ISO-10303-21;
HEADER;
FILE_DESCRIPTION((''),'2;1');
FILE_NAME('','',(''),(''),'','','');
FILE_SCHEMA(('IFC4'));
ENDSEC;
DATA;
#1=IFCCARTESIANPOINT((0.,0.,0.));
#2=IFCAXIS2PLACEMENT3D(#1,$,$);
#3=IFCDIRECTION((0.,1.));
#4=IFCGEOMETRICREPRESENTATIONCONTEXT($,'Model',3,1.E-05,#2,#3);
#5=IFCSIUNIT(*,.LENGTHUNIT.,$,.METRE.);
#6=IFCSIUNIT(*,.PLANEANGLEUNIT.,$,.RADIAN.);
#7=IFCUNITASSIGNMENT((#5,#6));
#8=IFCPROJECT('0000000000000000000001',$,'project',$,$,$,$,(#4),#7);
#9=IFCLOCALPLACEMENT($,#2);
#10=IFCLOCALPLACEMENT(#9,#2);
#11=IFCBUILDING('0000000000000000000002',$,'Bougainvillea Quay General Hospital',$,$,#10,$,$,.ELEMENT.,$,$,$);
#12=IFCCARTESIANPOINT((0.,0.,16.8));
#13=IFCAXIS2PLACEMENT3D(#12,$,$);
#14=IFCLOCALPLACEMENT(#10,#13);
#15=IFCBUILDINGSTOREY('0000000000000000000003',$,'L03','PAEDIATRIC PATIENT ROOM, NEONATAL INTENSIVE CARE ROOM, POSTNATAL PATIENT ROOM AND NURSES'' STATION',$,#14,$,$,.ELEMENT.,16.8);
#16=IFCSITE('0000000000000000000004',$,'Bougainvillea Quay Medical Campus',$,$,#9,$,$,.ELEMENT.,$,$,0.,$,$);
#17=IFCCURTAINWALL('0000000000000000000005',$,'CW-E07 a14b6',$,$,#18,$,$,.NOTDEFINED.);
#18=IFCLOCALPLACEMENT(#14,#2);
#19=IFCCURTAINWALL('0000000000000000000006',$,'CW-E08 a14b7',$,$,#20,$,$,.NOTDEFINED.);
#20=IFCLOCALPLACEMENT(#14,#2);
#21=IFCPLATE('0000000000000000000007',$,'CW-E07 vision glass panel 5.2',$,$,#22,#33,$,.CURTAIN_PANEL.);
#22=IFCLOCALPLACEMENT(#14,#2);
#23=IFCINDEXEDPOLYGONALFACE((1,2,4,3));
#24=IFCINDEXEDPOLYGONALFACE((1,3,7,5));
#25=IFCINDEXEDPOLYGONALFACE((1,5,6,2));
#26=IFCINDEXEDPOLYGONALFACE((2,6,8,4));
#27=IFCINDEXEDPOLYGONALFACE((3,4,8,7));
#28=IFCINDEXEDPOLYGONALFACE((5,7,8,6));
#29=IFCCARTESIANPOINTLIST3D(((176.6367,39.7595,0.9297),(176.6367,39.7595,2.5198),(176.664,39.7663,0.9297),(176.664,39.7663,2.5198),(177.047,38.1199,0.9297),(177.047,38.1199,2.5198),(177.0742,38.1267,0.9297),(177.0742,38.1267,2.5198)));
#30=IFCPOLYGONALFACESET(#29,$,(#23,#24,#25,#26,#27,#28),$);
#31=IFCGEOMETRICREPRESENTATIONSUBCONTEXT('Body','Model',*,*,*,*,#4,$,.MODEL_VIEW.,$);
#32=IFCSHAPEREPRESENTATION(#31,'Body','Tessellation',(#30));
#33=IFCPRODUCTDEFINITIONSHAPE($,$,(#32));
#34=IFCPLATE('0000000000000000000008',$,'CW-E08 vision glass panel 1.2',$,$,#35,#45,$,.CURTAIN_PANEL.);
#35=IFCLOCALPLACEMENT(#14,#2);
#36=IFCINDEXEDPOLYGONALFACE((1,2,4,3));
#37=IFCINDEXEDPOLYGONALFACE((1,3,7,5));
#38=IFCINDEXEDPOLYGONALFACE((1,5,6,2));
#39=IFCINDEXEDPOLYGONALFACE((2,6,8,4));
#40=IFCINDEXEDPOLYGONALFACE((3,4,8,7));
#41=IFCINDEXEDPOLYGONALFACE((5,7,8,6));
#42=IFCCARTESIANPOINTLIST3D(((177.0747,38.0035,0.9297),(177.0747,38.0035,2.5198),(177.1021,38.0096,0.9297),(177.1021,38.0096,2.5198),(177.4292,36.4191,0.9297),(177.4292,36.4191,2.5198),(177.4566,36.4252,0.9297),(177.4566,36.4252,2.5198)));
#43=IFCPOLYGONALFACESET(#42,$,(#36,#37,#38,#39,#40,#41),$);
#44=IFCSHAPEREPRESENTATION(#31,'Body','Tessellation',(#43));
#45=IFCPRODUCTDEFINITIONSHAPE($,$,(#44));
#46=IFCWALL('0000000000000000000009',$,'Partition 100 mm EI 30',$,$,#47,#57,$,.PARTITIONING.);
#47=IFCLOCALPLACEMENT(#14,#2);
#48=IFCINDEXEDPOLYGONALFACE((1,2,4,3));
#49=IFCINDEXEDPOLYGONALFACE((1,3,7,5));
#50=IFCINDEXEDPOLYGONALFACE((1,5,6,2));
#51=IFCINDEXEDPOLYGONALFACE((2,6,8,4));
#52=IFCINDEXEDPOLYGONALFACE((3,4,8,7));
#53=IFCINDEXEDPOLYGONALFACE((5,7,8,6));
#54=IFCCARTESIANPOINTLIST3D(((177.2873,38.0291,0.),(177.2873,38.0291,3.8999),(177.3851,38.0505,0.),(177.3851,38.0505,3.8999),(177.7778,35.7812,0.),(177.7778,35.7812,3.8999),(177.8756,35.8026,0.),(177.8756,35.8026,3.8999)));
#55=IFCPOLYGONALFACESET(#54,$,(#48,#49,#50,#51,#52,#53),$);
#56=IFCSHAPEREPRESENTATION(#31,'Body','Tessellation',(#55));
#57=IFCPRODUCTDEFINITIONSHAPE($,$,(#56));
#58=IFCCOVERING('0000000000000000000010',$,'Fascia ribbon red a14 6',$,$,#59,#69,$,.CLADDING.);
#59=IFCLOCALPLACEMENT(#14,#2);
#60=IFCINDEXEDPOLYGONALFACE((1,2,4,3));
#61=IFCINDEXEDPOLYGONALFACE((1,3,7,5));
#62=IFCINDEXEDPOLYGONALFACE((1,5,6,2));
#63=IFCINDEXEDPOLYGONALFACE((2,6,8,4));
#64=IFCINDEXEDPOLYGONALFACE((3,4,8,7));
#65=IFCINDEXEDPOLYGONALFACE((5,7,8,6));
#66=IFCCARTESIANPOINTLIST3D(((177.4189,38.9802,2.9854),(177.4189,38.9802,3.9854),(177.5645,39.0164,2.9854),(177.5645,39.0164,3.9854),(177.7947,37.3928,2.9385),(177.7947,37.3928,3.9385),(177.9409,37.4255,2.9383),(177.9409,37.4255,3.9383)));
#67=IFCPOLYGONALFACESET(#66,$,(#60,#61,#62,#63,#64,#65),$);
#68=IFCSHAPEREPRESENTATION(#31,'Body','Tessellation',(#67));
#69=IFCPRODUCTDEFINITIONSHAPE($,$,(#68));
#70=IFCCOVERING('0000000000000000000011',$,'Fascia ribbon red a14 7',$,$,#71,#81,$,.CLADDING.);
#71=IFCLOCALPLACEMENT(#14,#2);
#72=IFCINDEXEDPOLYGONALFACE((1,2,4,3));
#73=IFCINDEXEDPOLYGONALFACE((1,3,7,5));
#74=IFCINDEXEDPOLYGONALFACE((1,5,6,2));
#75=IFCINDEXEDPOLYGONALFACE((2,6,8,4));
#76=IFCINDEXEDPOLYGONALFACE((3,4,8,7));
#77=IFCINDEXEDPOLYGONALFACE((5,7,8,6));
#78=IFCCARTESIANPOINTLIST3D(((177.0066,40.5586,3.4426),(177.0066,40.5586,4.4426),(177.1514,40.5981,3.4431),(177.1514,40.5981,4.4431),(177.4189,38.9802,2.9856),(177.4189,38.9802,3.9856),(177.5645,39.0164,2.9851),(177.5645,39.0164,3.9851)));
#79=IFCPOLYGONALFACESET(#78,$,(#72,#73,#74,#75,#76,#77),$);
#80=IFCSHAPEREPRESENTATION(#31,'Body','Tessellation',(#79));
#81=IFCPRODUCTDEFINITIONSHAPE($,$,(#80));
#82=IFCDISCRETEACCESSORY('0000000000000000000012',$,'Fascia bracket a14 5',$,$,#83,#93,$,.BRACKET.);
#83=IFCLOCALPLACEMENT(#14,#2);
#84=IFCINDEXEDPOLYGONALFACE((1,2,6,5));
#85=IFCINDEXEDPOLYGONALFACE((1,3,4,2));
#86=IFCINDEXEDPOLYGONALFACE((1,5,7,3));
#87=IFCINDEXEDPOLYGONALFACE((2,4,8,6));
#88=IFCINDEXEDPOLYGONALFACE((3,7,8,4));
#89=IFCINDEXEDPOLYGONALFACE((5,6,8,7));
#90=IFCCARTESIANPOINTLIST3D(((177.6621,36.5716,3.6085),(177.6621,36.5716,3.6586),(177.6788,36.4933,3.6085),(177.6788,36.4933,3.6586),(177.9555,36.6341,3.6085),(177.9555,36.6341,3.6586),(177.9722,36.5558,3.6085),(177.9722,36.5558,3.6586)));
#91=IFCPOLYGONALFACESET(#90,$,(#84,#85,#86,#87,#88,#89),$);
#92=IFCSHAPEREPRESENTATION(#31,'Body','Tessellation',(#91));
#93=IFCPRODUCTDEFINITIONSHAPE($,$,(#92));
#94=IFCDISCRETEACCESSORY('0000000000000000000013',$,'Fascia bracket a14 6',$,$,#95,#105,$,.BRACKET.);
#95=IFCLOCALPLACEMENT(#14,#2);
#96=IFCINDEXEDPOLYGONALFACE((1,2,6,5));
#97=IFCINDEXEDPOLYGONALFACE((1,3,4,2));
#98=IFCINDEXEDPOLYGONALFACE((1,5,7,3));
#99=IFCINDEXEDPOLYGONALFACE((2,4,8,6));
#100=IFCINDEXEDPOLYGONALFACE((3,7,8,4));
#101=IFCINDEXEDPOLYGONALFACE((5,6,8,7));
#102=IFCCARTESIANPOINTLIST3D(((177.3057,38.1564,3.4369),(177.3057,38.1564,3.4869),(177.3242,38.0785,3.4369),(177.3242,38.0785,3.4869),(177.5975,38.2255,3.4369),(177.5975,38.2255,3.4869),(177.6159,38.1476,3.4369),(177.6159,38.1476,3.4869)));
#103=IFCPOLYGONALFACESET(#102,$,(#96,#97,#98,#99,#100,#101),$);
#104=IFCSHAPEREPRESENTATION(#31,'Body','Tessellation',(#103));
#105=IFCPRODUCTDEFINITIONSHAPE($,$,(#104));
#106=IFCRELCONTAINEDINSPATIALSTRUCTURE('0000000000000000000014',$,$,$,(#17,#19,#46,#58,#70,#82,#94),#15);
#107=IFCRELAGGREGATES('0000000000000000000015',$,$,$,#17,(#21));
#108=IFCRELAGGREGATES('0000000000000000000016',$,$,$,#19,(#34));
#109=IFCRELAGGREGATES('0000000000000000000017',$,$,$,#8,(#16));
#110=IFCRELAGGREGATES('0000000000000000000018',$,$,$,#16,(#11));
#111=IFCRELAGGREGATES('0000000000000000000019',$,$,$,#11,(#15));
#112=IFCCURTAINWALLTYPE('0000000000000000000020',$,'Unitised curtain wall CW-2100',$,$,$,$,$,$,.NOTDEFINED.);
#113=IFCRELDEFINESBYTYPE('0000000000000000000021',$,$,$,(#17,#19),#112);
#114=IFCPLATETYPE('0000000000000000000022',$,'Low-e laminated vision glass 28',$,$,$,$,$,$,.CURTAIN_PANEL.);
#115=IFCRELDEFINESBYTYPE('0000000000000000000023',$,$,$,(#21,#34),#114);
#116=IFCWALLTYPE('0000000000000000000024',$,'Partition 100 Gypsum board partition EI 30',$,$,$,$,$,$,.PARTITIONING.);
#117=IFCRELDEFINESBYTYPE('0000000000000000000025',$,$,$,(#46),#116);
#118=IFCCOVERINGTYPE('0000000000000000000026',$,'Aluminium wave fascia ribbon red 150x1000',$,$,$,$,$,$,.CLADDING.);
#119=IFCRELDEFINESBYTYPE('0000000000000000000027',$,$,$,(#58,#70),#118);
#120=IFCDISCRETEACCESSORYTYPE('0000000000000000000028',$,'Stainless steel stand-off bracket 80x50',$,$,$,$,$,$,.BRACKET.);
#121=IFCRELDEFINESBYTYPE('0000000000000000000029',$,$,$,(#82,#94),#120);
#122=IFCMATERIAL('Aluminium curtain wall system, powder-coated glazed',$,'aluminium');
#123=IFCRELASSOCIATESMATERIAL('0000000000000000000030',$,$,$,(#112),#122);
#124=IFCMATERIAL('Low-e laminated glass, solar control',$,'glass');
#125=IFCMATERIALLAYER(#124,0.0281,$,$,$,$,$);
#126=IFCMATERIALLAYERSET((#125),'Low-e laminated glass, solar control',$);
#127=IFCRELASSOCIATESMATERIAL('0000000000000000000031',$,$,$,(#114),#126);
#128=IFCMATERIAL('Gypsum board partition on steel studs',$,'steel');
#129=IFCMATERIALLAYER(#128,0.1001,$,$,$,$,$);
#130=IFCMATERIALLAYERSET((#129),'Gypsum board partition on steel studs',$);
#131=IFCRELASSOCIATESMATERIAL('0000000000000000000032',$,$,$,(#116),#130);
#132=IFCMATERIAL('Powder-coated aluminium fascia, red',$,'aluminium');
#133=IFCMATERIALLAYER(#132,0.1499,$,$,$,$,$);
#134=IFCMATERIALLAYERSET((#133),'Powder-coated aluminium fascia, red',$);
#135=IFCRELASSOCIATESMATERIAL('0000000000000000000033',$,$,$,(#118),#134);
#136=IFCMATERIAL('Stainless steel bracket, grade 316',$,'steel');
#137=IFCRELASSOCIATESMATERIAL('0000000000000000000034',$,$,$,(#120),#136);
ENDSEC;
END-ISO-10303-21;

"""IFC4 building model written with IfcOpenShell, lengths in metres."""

from ifc_helpers import new_model, si_unit, direction, frame, frame_2d, origin, origin_2d, place, context, subcontext, project, spatial, polyline, rectangle, outline, extrude, material, layer, layer_set, material_profile, profile_set, type_object, element, aggregate, save


model = new_model("IFC4")

# Units and contexts
model_context = context("Model", 3, precision=1e-05, world=origin(), true_north=direction((0.0, 1.0)))
body_context = subcontext(model_context, "Body", "Model", "MODEL_VIEW")
ifc_project = project(units=[si_unit("LENGTHUNIT", "METRE"), si_unit("PLANEANGLEUNIT", "RADIAN")], contexts=[model_context])

# Site, building, storey
site_placement = place(None, origin())
site = spatial("IfcSite", under=ifc_project, at=site_placement, Name="Bougainvillea Quay Medical Campus", CompositionType="ELEMENT", RefElevation=0.0)
building_placement = place(site_placement, origin())
building = spatial("IfcBuilding", under=site, at=building_placement, Name="Bougainvillea Quay General Hospital", CompositionType="ELEMENT")
storey_placement = place(building_placement, frame((0.0, 0.0, 16.8)))
storey = spatial("IfcBuildingStorey", under=building, at=storey_placement, Name="L03", Description="PAEDIATRIC PATIENT ROOM, NEONATAL INTENSIVE CARE ROOM, POSTNATAL PATIENT ROOM AND NURSES' STATION", CompositionType="ELEMENT", Elevation=16.8)

# Curtain wall
ifc_material_1 = material(Name="Aluminium curtain wall system, powder-coated glazed", Category="aluminium")
curtain_wall_type = type_object("IfcCurtainWallType", Name="Unitised curtain wall CW-2100", PredefinedType="NOTDEFINED", material=ifc_material_1)
curtain_wall_1_placement = place(storey_placement, origin())
curtain_wall_1 = element("IfcCurtainWall", 1, at=curtain_wall_1_placement, inside=storey, type_object=curtain_wall_type, Name="CW-E07 a14b6", PredefinedType="NOTDEFINED")

# Curtain wall
curtain_wall_2_placement = place(storey_placement, origin())
curtain_wall_2 = element("IfcCurtainWall", 2, at=curtain_wall_2_placement, inside=storey, type_object=curtain_wall_type, Name="CW-E08 a14b7", PredefinedType="NOTDEFINED")

# Plates
ifc_material_2 = material(Name="Low-e laminated glass, solar control", Category="glass")
ifc_layer_1 = layer(ifc_material_2, 0.0281)
ifc_layer_set_1 = layer_set([ifc_layer_1], Name="Low-e laminated glass, solar control")
plate_type_1 = type_object("IfcPlateType", Name="Low-e laminated vision glass 28", PredefinedType="CURTAIN_PANEL", material=ifc_layer_set_1)
plate_1_placement = place(storey_placement, frame((176.8555, 38.9431, 0.9297), z_axis=(0.0, 0.0, 1.0), x_axis=(0.242721, -0.970096, 0.0)))
plate_1 = element("IfcPlate", 3, at=plate_1_placement, type_object=plate_type_1, Name="CW-E07 vision glass panel 5.2", PredefinedType="CURTAIN_PANEL", context=body_context, shape_type="SweptSolid", body=[
    extrude(rectangle(XDim=1.6902, YDim=0.0281, at=origin_2d()), origin(), (0.0, 0.0, 1.0), 1.5901),
])
aggregate(curtain_wall_1, [plate_1])
plate_2_placement = place(storey_placement, frame((177.2656, 37.2144, 0.9297), z_axis=(0.0, 0.0, 1.0), x_axis=(0.218351, -0.97587, 0.0)))
plate_2 = element("IfcPlate", 4, at=plate_2_placement, type_object=plate_type_1, Name="CW-E08 vision glass panel 1.2", PredefinedType="CURTAIN_PANEL", context=body_context, shape_type="SweptSolid", body=[
    extrude(rectangle(XDim=1.6235, YDim=0.0281, at=origin_2d()), origin(), (0.0, 0.0, 1.0), 1.5901),
])
aggregate(curtain_wall_2, [plate_2])

# Wall
ifc_material_3 = material(Name="Gypsum board partition on steel studs", Category="steel")
ifc_layer_2 = layer(ifc_material_3, 0.1001)
ifc_layer_set_2 = layer_set([ifc_layer_2], Name="Gypsum board partition on steel studs")
wall_type = type_object("IfcWallType", Name="Partition 100 Gypsum board partition EI 30", PredefinedType="PARTITIONING", material=ifc_layer_set_2)
wall_placement = place(storey_placement, frame((177.3362, 38.0398, 0.0), z_axis=(0.0, 0.0, 1.0), x_axis=(0.213187, -0.977011, 0.0)))
element("IfcWall", 5, at=wall_placement, inside=storey, type_object=wall_type, Name="Partition 100 mm EI 30", PredefinedType="PARTITIONING", context=body_context, shape_type="SweptSolid", body=[
    extrude(rectangle(XDim=2.3008, YDim=0.1001, at=frame_2d((1.1504, 0.0))), origin(), (0.0, 0.0, 1.0), 3.8999),
])

# Coverings
ifc_material_4 = material(Name="Powder-coated aluminium fascia, red", Category="aluminium")
ifc_layer_3 = layer(ifc_material_4, 0.1499)
ifc_layer_set_3 = layer_set([ifc_layer_3], Name="Powder-coated aluminium fascia, red")
covering_type = type_object("IfcCoveringType", Name="Aluminium wave fascia ribbon red 150x1000", PredefinedType="CLADDING", material=ifc_layer_set_3)
covering_1_placement = place(storey_placement, frame((177.7947, 37.3928, 2.9385), z_axis=(0.007399, -0.027811, 0.999586), x_axis=(-0.230237, 0.972709, 0.028768)))
element("IfcCovering", 6, at=covering_1_placement, inside=storey, type_object=covering_type, Name="Fascia ribbon red a14 6", PredefinedType="CLADDING", context=body_context, shape_type="SweptSolid", body=[
    extrude(outline(polyline([(0.0, 0.0), (1.6319, 0.0), (1.6336, -0.1499), (-0.0019, -0.1498), (0.0, 0.0)])), origin(), (0.028768, 0.000794, 0.999586), 1.0),
])
covering_2_placement = place(storey_placement, frame((177.4189, 38.9802, 2.9856), z_axis=(0.06806, -0.261042, 0.962925), x_axis=(-0.243398, 0.931656, 0.269769)))
element("IfcCovering", 7, at=covering_2_placement, inside=storey, type_object=covering_type, Name="Fascia ribbon red a14 7", PredefinedType="CLADDING", context=body_context, shape_type="SweptSolid", body=[
    extrude(outline(polyline([(0.0, 0.0), (1.6942, 0.0), (1.6959, -0.1501), (-0.0019, -0.1499), (0.0, 0.0)])), origin(), (0.269769, -0.000129, 0.962925), 1.0),
])

# Discrete accessories
ifc_material_5 = material(Name="Stainless steel bracket, grade 316", Category="steel")
ifc_material_profile_1 = material_profile(ifc_material_5, rectangle(XDim=0.0801, YDim=0.05, at=origin_2d()))
ifc_profile_set_1 = profile_set([ifc_material_profile_1], Name="Stainless steel bracket, grade 316")
discrete_accessory_type = type_object("IfcDiscreteAccessoryType", Name="Stainless steel stand-off bracket 80x50", PredefinedType="BRACKET", material=ifc_profile_set_1)
discrete_accessory_1_placement = place(storey_placement, frame((177.6704, 36.5325, 3.6335), z_axis=(0.978064, 0.208306, 0.0), x_axis=(-0.208306, 0.978064, 0.0)))
element("IfcDiscreteAccessory", 8, at=discrete_accessory_1_placement, inside=storey, type_object=discrete_accessory_type, Name="Fascia bracket a14 5", PredefinedType="BRACKET", context=body_context, shape_type="SweptSolid", body=[
    extrude(rectangle(XDim=0.0801, YDim=0.05, at=origin_2d()), origin(), (0.0, 0.0, 1.0), 0.3),
])
discrete_accessory_2_placement = place(storey_placement, frame((177.3149, 38.1174, 3.4619), z_axis=(0.973085, 0.230446, 0.0), x_axis=(-0.230446, 0.973085, 0.0)))
element("IfcDiscreteAccessory", 9, at=discrete_accessory_2_placement, inside=storey, type_object=discrete_accessory_type, Name="Fascia bracket a14 6", PredefinedType="BRACKET", context=body_context, shape_type="SweptSolid", body=[
    extrude(rectangle(XDim=0.0801, YDim=0.05, at=origin_2d()), origin(), (0.0, 0.0, 1.0), 0.2998),
])

save(model, "model.ifc")
